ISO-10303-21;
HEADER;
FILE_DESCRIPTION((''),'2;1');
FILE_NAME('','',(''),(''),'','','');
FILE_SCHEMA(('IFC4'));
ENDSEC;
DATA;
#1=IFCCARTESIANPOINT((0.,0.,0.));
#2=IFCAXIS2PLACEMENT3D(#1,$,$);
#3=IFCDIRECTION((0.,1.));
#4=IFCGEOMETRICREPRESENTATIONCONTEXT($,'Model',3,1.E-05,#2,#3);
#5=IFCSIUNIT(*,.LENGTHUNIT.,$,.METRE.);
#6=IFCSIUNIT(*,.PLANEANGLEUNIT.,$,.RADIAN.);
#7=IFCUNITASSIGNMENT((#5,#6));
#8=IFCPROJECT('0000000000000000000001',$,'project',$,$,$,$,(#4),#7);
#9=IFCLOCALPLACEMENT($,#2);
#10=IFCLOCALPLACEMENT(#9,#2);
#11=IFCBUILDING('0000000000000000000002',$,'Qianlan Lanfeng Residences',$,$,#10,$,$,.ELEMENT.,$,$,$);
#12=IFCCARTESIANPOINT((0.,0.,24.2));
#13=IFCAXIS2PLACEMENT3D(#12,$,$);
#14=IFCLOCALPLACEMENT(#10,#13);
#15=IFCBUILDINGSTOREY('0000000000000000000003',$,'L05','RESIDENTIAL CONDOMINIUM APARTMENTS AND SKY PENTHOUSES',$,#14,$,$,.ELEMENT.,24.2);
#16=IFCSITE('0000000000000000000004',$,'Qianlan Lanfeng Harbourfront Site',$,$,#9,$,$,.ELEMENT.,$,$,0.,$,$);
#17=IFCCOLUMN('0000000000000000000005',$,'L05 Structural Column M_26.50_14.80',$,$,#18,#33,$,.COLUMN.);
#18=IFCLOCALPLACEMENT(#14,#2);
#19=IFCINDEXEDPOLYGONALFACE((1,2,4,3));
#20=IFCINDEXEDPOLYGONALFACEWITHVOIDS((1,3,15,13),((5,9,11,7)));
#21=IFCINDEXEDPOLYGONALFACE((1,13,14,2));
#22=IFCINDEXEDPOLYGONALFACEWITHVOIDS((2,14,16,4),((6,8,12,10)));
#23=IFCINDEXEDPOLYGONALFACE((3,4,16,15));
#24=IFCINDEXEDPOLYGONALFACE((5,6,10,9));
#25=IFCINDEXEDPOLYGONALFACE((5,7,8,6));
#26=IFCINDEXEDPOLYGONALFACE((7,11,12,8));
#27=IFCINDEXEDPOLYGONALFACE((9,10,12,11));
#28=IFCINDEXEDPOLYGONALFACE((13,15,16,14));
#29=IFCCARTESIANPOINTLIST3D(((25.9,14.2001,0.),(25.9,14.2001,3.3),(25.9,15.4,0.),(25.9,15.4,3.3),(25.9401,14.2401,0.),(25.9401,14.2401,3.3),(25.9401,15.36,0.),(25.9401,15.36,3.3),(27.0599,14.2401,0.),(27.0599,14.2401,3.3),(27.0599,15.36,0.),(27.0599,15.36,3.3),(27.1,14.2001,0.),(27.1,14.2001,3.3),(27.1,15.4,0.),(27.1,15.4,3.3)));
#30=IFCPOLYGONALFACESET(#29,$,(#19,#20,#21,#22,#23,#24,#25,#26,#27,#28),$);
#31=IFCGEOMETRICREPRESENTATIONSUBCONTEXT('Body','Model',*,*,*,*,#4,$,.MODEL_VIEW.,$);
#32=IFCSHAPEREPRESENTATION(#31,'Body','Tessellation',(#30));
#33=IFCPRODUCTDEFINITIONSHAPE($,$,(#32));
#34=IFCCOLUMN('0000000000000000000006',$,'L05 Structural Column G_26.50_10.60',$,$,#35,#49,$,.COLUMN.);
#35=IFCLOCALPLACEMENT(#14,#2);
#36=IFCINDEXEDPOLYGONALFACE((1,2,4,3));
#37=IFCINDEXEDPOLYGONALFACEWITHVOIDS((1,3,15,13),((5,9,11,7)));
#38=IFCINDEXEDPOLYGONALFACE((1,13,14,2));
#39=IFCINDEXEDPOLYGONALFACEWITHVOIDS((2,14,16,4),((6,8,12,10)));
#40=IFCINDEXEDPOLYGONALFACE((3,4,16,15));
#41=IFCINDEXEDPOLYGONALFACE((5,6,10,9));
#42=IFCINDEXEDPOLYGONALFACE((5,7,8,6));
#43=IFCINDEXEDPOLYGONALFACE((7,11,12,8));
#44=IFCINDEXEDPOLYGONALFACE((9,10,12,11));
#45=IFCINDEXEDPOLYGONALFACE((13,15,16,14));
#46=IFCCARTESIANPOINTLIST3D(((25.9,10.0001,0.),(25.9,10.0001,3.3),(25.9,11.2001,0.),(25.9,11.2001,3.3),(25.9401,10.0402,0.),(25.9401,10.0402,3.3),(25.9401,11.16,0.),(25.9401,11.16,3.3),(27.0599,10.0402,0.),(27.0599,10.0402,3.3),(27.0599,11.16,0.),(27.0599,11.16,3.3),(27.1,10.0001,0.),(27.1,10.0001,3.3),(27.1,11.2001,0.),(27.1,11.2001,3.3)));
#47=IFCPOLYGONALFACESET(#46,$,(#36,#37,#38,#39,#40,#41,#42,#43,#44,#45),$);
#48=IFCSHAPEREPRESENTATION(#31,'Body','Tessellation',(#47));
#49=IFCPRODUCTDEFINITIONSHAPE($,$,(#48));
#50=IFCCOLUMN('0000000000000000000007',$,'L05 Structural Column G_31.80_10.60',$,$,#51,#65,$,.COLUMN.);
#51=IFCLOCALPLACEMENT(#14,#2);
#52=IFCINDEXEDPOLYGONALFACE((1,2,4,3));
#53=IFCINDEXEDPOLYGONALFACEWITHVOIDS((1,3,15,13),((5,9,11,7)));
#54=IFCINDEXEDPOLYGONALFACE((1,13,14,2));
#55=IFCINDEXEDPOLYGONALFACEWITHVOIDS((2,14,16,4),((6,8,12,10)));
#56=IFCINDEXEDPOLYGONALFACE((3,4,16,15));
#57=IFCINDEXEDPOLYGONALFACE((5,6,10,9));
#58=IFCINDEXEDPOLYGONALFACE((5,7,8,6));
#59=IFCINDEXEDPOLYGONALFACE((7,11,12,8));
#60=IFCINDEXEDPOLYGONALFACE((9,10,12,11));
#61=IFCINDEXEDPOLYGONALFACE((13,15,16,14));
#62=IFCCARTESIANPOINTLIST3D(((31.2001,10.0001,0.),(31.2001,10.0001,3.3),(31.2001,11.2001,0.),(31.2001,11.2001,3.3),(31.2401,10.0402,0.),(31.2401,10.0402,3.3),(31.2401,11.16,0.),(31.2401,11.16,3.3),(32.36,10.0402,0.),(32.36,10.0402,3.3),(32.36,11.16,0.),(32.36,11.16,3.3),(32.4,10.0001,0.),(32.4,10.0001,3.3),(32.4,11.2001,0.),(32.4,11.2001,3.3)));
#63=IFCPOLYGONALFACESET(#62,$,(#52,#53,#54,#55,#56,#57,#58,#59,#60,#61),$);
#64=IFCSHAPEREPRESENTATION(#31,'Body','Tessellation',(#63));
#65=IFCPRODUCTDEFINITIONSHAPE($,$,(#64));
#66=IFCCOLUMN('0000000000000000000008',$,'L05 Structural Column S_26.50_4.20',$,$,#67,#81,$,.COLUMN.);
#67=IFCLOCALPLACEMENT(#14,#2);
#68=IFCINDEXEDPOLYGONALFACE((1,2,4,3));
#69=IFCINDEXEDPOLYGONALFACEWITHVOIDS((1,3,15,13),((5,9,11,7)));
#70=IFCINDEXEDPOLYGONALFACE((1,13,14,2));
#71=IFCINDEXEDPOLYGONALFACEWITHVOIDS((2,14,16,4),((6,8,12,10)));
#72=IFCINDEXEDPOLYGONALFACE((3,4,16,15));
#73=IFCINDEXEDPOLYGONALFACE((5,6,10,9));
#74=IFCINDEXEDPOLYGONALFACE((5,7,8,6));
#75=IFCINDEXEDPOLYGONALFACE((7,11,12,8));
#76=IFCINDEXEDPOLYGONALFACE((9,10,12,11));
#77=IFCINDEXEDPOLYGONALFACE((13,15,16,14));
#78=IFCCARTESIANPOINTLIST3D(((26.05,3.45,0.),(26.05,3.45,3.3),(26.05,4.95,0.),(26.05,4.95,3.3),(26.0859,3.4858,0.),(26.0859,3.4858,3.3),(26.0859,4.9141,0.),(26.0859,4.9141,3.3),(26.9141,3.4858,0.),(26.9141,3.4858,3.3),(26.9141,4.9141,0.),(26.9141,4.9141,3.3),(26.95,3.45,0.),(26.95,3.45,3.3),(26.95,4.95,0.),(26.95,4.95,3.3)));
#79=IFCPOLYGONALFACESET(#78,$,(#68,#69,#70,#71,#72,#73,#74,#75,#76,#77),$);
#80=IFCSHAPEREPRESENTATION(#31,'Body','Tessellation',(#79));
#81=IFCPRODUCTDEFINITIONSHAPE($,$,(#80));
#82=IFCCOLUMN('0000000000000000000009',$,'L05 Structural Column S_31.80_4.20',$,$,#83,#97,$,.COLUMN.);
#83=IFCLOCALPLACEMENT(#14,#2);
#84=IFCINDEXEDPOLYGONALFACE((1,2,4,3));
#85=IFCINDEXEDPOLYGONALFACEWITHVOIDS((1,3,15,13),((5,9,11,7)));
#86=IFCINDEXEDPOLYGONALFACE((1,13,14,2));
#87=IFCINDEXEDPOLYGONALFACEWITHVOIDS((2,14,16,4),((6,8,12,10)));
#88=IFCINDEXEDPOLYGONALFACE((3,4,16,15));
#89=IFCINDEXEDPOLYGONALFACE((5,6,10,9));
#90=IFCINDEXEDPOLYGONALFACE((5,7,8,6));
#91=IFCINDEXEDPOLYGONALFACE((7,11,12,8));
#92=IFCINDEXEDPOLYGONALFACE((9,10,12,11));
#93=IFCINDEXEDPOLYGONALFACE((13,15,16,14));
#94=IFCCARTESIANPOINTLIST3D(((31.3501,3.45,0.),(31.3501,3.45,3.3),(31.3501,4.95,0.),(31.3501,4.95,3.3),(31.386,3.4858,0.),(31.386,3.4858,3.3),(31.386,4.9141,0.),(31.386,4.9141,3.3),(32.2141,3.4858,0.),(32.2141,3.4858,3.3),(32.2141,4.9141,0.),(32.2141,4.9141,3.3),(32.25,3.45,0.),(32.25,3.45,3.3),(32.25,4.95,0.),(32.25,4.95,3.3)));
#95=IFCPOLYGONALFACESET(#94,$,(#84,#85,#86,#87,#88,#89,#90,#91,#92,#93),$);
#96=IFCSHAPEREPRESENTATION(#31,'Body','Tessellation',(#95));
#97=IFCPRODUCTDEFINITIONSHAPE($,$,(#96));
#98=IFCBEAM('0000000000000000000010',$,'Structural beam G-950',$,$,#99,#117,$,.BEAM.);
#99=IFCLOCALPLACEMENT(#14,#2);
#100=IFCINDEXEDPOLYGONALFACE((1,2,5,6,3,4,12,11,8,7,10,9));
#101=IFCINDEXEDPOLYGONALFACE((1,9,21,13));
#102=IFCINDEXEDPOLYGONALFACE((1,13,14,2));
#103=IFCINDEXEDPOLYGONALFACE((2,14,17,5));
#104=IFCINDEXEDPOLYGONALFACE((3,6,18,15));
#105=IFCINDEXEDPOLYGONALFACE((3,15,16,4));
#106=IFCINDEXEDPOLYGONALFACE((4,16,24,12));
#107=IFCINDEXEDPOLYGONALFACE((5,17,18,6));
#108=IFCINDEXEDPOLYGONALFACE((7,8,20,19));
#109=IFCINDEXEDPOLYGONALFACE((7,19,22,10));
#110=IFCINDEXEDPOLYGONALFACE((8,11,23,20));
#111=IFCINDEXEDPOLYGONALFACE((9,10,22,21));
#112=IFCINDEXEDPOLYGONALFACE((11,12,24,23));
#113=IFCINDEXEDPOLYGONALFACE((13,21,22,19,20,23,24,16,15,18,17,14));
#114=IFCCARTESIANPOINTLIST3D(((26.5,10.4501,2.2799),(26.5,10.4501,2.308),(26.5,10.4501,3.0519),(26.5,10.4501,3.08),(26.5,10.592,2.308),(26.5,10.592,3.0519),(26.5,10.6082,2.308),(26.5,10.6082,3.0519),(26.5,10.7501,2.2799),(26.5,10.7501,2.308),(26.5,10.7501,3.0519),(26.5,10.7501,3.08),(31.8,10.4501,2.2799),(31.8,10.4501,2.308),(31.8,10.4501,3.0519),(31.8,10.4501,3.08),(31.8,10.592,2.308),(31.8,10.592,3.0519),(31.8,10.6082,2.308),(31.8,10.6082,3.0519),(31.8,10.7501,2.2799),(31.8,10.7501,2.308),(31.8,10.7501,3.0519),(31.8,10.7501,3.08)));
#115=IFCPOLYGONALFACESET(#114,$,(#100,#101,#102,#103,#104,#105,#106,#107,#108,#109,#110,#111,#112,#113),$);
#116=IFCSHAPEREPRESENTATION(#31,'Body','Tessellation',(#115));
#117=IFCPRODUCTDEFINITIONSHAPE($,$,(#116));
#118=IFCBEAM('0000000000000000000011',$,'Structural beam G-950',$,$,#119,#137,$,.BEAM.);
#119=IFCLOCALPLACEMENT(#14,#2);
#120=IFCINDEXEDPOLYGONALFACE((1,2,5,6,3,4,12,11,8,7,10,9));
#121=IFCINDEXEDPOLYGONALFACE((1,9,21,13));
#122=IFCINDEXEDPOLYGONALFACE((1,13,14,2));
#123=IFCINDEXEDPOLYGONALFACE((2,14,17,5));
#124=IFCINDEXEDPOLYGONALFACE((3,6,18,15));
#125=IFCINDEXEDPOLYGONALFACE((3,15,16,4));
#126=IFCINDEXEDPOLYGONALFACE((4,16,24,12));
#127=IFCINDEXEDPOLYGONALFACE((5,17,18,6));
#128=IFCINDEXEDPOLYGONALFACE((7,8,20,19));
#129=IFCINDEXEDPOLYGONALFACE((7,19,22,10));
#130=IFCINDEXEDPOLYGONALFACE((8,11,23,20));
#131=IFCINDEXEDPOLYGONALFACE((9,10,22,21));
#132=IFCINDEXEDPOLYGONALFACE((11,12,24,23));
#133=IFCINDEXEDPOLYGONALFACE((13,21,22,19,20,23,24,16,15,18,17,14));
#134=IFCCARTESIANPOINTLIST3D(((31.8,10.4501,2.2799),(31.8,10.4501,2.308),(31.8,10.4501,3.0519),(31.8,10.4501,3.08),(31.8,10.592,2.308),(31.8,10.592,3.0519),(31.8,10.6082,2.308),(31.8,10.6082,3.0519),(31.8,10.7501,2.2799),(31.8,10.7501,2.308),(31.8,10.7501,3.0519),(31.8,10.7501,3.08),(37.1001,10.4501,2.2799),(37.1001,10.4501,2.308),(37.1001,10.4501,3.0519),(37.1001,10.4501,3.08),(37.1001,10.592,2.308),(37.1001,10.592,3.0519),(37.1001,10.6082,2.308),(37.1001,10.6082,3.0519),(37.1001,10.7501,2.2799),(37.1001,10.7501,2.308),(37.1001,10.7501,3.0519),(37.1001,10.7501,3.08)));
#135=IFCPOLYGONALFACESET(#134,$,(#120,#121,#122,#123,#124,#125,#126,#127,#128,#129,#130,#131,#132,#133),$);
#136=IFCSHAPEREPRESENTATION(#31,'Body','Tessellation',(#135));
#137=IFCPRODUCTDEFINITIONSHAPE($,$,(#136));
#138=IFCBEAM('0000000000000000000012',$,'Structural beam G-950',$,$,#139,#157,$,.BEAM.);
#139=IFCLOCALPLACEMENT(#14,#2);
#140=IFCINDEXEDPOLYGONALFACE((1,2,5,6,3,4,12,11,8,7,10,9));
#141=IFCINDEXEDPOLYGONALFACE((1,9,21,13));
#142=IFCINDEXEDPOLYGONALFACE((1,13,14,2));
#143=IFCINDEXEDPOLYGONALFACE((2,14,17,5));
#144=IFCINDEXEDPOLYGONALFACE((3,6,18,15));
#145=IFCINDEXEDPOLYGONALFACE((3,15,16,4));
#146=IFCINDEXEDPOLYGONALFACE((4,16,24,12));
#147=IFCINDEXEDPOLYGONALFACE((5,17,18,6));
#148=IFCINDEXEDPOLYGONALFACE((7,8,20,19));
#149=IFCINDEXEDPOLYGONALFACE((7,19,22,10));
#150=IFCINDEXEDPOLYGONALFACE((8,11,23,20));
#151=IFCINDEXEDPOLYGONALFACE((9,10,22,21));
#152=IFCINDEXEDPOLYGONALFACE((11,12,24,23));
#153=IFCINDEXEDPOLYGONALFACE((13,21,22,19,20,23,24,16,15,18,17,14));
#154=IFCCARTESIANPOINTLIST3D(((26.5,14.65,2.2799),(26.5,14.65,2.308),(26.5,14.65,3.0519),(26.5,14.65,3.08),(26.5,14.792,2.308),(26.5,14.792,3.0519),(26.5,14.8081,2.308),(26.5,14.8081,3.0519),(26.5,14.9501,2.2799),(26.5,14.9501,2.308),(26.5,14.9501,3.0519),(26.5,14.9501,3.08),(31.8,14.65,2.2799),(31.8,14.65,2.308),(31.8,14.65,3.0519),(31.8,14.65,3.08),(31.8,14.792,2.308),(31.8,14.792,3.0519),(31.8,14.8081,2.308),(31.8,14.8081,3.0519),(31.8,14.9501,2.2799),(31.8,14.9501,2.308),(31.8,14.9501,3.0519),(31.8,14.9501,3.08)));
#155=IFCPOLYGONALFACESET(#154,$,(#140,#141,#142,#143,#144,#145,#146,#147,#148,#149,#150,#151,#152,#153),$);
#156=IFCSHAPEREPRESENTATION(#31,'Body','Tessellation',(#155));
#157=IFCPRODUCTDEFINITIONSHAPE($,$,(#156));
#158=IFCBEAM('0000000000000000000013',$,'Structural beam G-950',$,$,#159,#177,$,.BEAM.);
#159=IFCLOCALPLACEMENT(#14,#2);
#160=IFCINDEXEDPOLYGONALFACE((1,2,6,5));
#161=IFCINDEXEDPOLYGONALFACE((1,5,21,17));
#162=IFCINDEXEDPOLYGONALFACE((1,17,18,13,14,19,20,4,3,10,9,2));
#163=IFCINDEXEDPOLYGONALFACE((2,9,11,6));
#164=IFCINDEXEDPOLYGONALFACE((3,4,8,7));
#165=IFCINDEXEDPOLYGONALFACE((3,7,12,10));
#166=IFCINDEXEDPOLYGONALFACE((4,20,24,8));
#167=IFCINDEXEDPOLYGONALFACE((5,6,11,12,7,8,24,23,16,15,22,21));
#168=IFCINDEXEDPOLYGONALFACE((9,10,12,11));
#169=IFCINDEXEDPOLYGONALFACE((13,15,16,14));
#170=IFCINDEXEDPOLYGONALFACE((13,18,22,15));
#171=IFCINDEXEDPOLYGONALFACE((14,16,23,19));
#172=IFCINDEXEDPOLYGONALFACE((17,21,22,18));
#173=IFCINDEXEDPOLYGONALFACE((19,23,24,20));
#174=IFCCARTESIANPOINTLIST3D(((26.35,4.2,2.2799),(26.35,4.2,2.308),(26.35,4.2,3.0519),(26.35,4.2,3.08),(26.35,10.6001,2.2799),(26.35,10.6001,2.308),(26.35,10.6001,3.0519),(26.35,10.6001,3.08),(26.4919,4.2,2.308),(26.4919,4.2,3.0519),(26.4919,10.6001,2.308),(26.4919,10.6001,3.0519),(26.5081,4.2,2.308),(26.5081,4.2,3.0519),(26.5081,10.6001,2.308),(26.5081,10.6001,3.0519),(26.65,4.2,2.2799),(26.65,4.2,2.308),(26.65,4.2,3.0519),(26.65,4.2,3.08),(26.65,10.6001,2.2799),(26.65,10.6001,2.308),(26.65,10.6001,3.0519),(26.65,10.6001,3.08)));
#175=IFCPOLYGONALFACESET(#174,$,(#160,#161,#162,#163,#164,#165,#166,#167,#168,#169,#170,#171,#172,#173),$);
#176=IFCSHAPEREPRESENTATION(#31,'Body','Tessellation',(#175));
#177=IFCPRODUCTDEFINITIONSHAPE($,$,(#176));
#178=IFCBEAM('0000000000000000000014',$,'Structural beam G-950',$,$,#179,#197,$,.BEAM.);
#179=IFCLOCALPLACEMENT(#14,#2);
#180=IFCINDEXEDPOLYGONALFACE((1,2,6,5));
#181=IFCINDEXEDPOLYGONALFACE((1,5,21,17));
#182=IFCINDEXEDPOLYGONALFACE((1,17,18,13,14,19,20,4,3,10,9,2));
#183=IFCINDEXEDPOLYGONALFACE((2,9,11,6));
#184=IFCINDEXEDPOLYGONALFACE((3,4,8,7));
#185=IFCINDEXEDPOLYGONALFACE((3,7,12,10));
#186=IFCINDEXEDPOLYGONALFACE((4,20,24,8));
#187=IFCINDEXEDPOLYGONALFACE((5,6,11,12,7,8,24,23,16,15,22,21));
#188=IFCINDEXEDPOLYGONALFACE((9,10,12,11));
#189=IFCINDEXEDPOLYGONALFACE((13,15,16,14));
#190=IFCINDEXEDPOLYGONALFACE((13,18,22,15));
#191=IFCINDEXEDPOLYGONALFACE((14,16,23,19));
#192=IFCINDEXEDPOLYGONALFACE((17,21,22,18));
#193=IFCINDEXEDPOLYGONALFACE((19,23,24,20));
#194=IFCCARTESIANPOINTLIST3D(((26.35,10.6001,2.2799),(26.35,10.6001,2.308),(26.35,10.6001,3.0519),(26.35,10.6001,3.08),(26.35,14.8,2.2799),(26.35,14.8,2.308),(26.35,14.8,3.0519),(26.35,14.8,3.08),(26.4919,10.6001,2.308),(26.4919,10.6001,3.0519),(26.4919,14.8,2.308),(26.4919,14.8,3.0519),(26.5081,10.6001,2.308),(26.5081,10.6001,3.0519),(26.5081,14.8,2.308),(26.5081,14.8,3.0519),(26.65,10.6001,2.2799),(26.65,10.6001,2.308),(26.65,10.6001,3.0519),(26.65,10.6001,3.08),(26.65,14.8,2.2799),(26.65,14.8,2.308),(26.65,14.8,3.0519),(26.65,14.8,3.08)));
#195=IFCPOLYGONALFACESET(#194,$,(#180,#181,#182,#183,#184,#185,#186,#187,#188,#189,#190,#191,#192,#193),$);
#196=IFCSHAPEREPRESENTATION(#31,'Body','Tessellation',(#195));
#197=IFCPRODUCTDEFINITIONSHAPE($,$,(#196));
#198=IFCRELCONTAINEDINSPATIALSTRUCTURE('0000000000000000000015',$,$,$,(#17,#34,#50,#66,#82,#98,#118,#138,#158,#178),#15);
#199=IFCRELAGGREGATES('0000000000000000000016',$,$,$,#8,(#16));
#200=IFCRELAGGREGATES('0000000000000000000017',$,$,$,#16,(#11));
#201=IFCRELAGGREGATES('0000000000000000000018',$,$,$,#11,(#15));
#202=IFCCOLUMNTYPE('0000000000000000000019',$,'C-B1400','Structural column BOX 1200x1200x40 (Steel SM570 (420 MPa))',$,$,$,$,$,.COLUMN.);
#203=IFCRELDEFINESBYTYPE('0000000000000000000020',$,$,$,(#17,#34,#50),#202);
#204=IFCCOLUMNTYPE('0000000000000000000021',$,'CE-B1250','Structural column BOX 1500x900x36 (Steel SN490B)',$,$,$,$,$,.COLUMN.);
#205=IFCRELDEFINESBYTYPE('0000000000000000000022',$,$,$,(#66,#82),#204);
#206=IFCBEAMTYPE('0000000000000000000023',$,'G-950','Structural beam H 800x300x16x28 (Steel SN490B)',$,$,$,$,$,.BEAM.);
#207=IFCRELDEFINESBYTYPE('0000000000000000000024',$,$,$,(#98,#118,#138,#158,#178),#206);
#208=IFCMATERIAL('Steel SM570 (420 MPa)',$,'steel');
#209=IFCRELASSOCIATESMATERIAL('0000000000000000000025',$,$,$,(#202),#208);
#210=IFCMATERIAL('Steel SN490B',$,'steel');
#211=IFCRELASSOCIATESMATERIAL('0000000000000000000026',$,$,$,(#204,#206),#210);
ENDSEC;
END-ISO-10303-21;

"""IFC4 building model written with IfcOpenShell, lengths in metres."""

from ifc_helpers import new_model, si_unit, direction, frame, origin, origin_2d, place, context, subcontext, project, spatial, hollow_rectangle, i_section, extrude, material, material_profile, profile_set, type_object, element, save


model = new_model("IFC4")

# Units and contexts
model_context = context("Model", 3, precision=1e-05, world=origin(), true_north=direction((0.0, 1.0)))
body_context = subcontext(model_context, "Body", "Model", "MODEL_VIEW")
ifc_project = project(units=[si_unit("LENGTHUNIT", "METRE"), si_unit("PLANEANGLEUNIT", "RADIAN")], contexts=[model_context])

# Site, building, storey
site_placement = place(None, origin())
site = spatial("IfcSite", under=ifc_project, at=site_placement, Name="Qianlan Lanfeng Harbourfront Site", CompositionType="ELEMENT", RefElevation=0.0)
building_placement = place(site_placement, origin())
building = spatial("IfcBuilding", under=site, at=building_placement, Name="Qianlan Lanfeng Residences", CompositionType="ELEMENT")
storey_placement = place(building_placement, frame((0.0, 0.0, 24.2)))
storey = spatial("IfcBuildingStorey", under=building, at=storey_placement, Name="L05", Description="RESIDENTIAL CONDOMINIUM APARTMENTS AND SKY PENTHOUSES", CompositionType="ELEMENT", Elevation=24.2)

# Columns
ifc_material_1 = material(Name="Steel SM570 (420 MPa)", Category="steel")
ifc_material_profile_1 = material_profile(ifc_material_1, hollow_rectangle(XDim=1.2, YDim=1.2, WallThickness=0.04, at=origin_2d()), Name="BOX 1200x1200x40")
ifc_profile_set_1 = profile_set([ifc_material_profile_1], Name="Steel SM570 (420 MPa)")
column_type_1 = type_object("IfcColumnType", Name="C-B1400", Description="Structural column BOX 1200x1200x40 (Steel SM570 (420 MPa))", PredefinedType="COLUMN", material=ifc_profile_set_1)
for number, where, z_axis, x_axis, name in (
    (1, (26.5, 14.8, 0.0), (0.0, 0.0, 1.0), (1.0, 0.0, 0.0), "L05 Structural Column M_26.50_14.80"),
    (2, (26.5, 10.6001, 0.0), (0.0, 0.0, 1.0), (1.0, 0.0, 0.0), "L05 Structural Column G_26.50_10.60"),
    (3, (31.8, 10.6001, 0.0), (0.0, 0.0, 1.0), (1.0, 0.0, 0.0), "L05 Structural Column G_31.80_10.60"),
):
    element("IfcColumn", number, at=place(storey_placement, frame(where, z_axis=z_axis, x_axis=x_axis)), inside=storey, type_object=column_type_1, Name=name, PredefinedType="COLUMN", context=body_context, shape_type="SweptSolid", body=[
        extrude(hollow_rectangle(XDim=1.2, YDim=1.2, WallThickness=0.04, at=origin_2d()), origin(), (0.0, 0.0, 1.0), 3.3),
    ])
ifc_material_2 = material(Name="Steel SN490B", Category="steel")
ifc_material_profile_2 = material_profile(ifc_material_2, hollow_rectangle(XDim=0.8999, YDim=1.5, WallThickness=0.0359, at=origin_2d()), Name="BOX 1500x900x36")
ifc_profile_set_2 = profile_set([ifc_material_profile_2], Name="Steel SN490B")
column_type_2 = type_object("IfcColumnType", Name="CE-B1250", Description="Structural column BOX 1500x900x36 (Steel SN490B)", PredefinedType="COLUMN", material=ifc_profile_set_2)
for number, where, z_axis, x_axis, name in (
    (4, (26.5, 4.2, 0.0), (0.0, 0.0, 1.0), (1.0, 0.0, 0.0), "L05 Structural Column S_26.50_4.20"),
    (5, (31.8, 4.2, 0.0), (0.0, 0.0, 1.0), (1.0, 0.0, 0.0), "L05 Structural Column S_31.80_4.20"),
):
    element("IfcColumn", number, at=place(storey_placement, frame(where, z_axis=z_axis, x_axis=x_axis)), inside=storey, type_object=column_type_2, Name=name, PredefinedType="COLUMN", context=body_context, shape_type="SweptSolid", body=[
        extrude(hollow_rectangle(XDim=0.8999, YDim=1.5, WallThickness=0.0359, at=origin_2d()), origin(), (0.0, 0.0, 1.0), 3.3),
    ])

# Beams
ifc_material_profile_3 = material_profile(ifc_material_2, i_section(OverallWidth=0.3, OverallDepth=0.8, WebThickness=0.0161, FlangeThickness=0.0281, at=origin_2d()), Name="H 800x300x16x28")
ifc_profile_set_3 = profile_set([ifc_material_profile_3], Name="Steel SN490B")
beam_type_1 = type_object("IfcBeamType", Name="G-950", Description="Structural beam H 800x300x16x28 (Steel SN490B)", PredefinedType="BEAM", material=ifc_profile_set_3)
for number, where, z_axis, x_axis, name in (
    (6, (26.5, 10.6001, 2.6799), (1.0, 0.0, 0.0), (0.0, 1.0, 0.0), "Structural beam G-950"),
    (7, (31.8, 10.6001, 2.6799), (1.0, 0.0, 0.0), (0.0, 1.0, 0.0), "Structural beam G-950"),
    (8, (26.5, 14.8, 2.6799), (1.0, 0.0, 0.0), (0.0, 1.0, 0.0), "Structural beam G-950"),
):
    element("IfcBeam", number, at=place(storey_placement, frame(where, z_axis=z_axis, x_axis=x_axis)), inside=storey, type_object=beam_type_1, Name=name, PredefinedType="BEAM", context=body_context, shape_type="SweptSolid", body=[
        extrude(i_section(OverallWidth=0.3, OverallDepth=0.8, WebThickness=0.0161, FlangeThickness=0.0281, at=origin_2d()), origin(), (0.0, 0.0, 1.0), 5.3),
    ])
beam_1_placement = place(storey_placement, frame((26.5, 4.2, 2.6799), z_axis=(0.0, 1.0, 0.0), x_axis=(-1.0, 0.0, 0.0)))
element("IfcBeam", 9, at=beam_1_placement, inside=storey, type_object=beam_type_1, Name="Structural beam G-950", PredefinedType="BEAM", context=body_context, shape_type="SweptSolid", body=[
    extrude(i_section(OverallWidth=0.3, OverallDepth=0.8, WebThickness=0.0161, FlangeThickness=0.0281, at=origin_2d()), origin(), (0.0, 0.0, 1.0), 6.4001),
])
beam_2_placement = place(storey_placement, frame((26.5, 10.6001, 2.6799), z_axis=(0.0, 1.0, 0.0), x_axis=(-1.0, 0.0, 0.0)))
element("IfcBeam", 10, at=beam_2_placement, inside=storey, type_object=beam_type_1, Name="Structural beam G-950", PredefinedType="BEAM", context=body_context, shape_type="SweptSolid", body=[
    extrude(i_section(OverallWidth=0.3, OverallDepth=0.8, WebThickness=0.0161, FlangeThickness=0.0281, at=origin_2d()), origin(), (0.0, 0.0, 1.0), 4.2),
])

save(model, "model.ifc")
